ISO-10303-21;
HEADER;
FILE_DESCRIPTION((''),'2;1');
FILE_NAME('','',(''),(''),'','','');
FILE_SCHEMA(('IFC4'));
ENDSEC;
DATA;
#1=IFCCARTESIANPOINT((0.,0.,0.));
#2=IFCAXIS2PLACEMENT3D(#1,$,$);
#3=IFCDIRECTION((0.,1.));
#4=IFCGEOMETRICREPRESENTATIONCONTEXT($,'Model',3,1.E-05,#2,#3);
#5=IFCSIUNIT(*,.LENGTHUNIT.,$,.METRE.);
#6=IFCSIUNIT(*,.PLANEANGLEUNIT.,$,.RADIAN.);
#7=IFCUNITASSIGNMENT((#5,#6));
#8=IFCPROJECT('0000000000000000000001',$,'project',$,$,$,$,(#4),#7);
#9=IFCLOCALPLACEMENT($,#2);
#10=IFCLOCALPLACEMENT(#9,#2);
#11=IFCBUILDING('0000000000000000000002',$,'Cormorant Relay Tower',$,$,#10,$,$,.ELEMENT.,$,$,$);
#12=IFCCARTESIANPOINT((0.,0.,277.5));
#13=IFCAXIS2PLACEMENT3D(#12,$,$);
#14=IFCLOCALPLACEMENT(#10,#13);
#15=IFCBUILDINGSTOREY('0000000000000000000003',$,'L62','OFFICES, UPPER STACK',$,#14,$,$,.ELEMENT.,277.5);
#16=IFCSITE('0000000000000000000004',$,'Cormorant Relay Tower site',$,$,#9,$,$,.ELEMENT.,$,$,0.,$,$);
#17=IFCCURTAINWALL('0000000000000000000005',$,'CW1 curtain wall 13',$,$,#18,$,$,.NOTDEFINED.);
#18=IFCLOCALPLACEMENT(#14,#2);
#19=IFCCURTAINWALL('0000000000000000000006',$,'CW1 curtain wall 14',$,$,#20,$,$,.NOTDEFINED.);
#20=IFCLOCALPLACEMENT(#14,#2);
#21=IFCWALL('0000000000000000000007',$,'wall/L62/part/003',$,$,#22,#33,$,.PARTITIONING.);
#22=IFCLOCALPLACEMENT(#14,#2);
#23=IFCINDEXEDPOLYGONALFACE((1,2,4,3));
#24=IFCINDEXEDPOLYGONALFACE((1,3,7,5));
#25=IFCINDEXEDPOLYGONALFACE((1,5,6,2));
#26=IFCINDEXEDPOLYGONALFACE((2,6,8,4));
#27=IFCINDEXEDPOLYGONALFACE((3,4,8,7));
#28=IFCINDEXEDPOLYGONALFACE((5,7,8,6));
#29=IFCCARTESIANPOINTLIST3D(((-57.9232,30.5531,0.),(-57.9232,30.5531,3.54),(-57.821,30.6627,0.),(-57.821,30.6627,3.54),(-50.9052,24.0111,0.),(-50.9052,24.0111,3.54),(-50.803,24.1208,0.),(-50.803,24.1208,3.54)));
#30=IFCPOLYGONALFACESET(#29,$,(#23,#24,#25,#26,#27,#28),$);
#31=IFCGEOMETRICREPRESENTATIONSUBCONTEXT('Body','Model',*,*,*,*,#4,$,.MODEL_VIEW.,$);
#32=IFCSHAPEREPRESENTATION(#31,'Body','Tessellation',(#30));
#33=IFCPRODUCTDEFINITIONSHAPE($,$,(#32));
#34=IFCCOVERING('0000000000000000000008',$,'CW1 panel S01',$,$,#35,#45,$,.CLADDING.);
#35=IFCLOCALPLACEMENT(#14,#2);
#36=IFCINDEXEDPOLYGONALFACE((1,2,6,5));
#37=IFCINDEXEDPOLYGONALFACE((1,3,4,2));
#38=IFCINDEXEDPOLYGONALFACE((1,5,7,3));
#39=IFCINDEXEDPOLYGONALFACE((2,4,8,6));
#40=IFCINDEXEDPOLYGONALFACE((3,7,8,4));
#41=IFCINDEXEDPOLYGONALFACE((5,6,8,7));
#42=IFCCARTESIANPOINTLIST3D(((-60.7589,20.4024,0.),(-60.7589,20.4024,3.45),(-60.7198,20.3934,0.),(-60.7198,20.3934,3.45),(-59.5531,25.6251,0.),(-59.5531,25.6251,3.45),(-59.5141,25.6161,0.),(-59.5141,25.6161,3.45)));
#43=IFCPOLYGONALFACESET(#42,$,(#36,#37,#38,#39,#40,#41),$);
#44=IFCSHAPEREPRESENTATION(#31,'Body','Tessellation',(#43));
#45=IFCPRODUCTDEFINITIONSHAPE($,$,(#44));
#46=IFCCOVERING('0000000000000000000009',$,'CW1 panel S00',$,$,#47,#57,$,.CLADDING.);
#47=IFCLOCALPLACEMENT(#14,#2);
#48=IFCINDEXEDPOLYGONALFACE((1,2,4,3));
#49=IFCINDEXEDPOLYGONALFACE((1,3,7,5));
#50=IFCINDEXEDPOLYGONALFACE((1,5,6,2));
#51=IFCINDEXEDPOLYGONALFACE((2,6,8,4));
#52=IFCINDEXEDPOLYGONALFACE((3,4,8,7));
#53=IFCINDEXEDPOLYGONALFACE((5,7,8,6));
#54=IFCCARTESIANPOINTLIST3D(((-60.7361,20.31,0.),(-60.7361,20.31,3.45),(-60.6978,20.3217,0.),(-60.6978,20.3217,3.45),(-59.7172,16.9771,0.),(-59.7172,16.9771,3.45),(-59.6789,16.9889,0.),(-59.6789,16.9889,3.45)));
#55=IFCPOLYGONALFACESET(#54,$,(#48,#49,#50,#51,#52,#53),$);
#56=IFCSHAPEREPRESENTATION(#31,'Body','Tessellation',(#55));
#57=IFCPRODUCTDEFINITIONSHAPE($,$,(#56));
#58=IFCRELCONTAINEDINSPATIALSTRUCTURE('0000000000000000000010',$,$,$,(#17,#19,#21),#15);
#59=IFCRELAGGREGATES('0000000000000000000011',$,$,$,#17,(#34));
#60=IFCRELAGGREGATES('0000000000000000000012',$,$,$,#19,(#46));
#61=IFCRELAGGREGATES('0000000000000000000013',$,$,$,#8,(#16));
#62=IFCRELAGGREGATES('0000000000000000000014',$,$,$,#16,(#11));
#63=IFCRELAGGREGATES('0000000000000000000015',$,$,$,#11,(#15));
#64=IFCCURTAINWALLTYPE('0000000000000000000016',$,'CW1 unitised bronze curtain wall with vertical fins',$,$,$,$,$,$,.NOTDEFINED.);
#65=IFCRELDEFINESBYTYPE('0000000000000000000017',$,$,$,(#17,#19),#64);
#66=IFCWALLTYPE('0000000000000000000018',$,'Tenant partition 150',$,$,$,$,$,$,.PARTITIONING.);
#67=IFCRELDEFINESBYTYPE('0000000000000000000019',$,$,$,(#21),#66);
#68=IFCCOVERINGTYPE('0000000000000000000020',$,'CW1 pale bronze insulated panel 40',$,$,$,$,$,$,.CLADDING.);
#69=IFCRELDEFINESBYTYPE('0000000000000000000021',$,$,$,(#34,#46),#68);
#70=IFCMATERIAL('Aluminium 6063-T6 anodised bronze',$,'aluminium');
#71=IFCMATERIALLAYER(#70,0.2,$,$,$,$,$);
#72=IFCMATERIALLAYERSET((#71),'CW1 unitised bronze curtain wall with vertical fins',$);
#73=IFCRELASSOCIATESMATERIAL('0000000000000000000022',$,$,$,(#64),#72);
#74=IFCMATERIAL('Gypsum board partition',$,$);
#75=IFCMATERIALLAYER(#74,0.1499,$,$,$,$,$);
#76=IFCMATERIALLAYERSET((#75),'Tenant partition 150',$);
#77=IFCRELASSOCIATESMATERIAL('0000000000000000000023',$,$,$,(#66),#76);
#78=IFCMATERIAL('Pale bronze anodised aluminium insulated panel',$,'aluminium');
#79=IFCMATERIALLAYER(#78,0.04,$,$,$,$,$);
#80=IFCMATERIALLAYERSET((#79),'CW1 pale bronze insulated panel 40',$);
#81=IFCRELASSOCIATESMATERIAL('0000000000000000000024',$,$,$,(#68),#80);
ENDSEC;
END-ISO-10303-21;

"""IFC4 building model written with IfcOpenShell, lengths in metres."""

from ifc_helpers import new_model, si_unit, direction, frame, frame_2d, origin, origin_2d, place, context, subcontext, project, spatial, rectangle, extrude, material, layer, layer_set, type_object, element, aggregate, save


model = new_model("IFC4")

# Units and contexts
model_context = context("Model", 3, precision=1e-05, world=origin(), true_north=direction((0.0, 1.0)))
body_context = subcontext(model_context, "Body", "Model", "MODEL_VIEW")
ifc_project = project(units=[si_unit("LENGTHUNIT", "METRE"), si_unit("PLANEANGLEUNIT", "RADIAN")], contexts=[model_context])

# Site, building, storey
site_placement = place(None, origin())
site = spatial("IfcSite", under=ifc_project, at=site_placement, Name="Cormorant Relay Tower site", CompositionType="ELEMENT", RefElevation=0.0)
building_placement = place(site_placement, origin())
building = spatial("IfcBuilding", under=site, at=building_placement, Name="Cormorant Relay Tower", CompositionType="ELEMENT")
storey_placement = place(building_placement, frame((0.0, 0.0, 277.5)))
storey = spatial("IfcBuildingStorey", under=building, at=storey_placement, Name="L62", Description="OFFICES, UPPER STACK", CompositionType="ELEMENT", Elevation=277.5)

# Curtain walls
ifc_material_1 = material(Name="Aluminium 6063-T6 anodised bronze", Category="aluminium")
ifc_layer_1 = layer(ifc_material_1, 0.2)
ifc_layer_set_1 = layer_set([ifc_layer_1], Name="CW1 unitised bronze curtain wall with vertical fins")
curtain_wall_type = type_object("IfcCurtainWallType", Name="CW1 unitised bronze curtain wall with vertical fins", PredefinedType="NOTDEFINED", material=ifc_layer_set_1)
curtain_wall_1_placement = place(storey_placement, origin())
curtain_wall_1 = element("IfcCurtainWall", 1, at=curtain_wall_1_placement, inside=storey, type_object=curtain_wall_type, Name="CW1 curtain wall 13", PredefinedType="NOTDEFINED")
curtain_wall_2_placement = place(storey_placement, origin())
curtain_wall_2 = element("IfcCurtainWall", 2, at=curtain_wall_2_placement, inside=storey, type_object=curtain_wall_type, Name="CW1 curtain wall 14", PredefinedType="NOTDEFINED")

# Wall
ifc_material_2 = material(Name="Gypsum board partition")
ifc_layer_2 = layer(ifc_material_2, 0.1499)
ifc_layer_set_2 = layer_set([ifc_layer_2], Name="Tenant partition 150")
wall_type_1 = type_object("IfcWallType", Name="Tenant partition 150", PredefinedType="PARTITIONING", material=ifc_layer_set_2)
wall_1_placement = place(storey_placement, frame((-57.8721, 30.6079, 0.0), z_axis=(0.0, 0.0, 1.0), x_axis=(0.731482, -0.681861, 0.0)))
element("IfcWall", 3, at=wall_1_placement, inside=storey, type_object=wall_type_1, Name="wall/L62/part/003", PredefinedType="PARTITIONING", context=body_context, shape_type="SweptSolid", body=[
    extrude(rectangle(XDim=9.5942, YDim=0.1499, at=frame_2d((4.7971, 0.0))), origin(), (0.0, 0.0, 1.0), 3.54),
])

# Coverings
ifc_material_3 = material(Name="Pale bronze anodised aluminium insulated panel", Category="aluminium")
ifc_layer_3 = layer(ifc_material_3, 0.04)
ifc_layer_set_3 = layer_set([ifc_layer_3], Name="CW1 pale bronze insulated panel 40")
covering_type = type_object("IfcCoveringType", Name="CW1 pale bronze insulated panel 40", PredefinedType="CLADDING", material=ifc_layer_set_3)
covering_1_placement = place(storey_placement, frame((-60.1365, 23.0093, 0.0), z_axis=(0.0, 0.0, 1.0), x_axis=(-0.224951, -0.97437, 0.0)))
covering_1 = element("IfcCovering", 4, at=covering_1_placement, type_object=covering_type, Name="CW1 panel S01", PredefinedType="CLADDING", context=body_context, shape_type="SweptSolid", body=[
    extrude(rectangle(XDim=5.3601, YDim=0.04, at=origin_2d()), origin(), (0.0, 0.0, 1.0), 3.45),
])
aggregate(curtain_wall_1, [covering_1])
covering_2_placement = place(storey_placement, frame((-60.2075, 18.6494, 0.0), z_axis=(0.0, 0.0, 1.0), x_axis=(0.292372, -0.956305, 0.0)))
covering_2 = element("IfcCovering", 5, at=covering_2_placement, type_object=covering_type, Name="CW1 panel S00", PredefinedType="CLADDING", context=body_context, shape_type="SweptSolid", body=[
    extrude(rectangle(XDim=3.4851, YDim=0.04, at=origin_2d()), origin(), (0.0, 0.0, 1.0), 3.45),
])
aggregate(curtain_wall_2, [covering_2])

save(model, "model.ifc")
